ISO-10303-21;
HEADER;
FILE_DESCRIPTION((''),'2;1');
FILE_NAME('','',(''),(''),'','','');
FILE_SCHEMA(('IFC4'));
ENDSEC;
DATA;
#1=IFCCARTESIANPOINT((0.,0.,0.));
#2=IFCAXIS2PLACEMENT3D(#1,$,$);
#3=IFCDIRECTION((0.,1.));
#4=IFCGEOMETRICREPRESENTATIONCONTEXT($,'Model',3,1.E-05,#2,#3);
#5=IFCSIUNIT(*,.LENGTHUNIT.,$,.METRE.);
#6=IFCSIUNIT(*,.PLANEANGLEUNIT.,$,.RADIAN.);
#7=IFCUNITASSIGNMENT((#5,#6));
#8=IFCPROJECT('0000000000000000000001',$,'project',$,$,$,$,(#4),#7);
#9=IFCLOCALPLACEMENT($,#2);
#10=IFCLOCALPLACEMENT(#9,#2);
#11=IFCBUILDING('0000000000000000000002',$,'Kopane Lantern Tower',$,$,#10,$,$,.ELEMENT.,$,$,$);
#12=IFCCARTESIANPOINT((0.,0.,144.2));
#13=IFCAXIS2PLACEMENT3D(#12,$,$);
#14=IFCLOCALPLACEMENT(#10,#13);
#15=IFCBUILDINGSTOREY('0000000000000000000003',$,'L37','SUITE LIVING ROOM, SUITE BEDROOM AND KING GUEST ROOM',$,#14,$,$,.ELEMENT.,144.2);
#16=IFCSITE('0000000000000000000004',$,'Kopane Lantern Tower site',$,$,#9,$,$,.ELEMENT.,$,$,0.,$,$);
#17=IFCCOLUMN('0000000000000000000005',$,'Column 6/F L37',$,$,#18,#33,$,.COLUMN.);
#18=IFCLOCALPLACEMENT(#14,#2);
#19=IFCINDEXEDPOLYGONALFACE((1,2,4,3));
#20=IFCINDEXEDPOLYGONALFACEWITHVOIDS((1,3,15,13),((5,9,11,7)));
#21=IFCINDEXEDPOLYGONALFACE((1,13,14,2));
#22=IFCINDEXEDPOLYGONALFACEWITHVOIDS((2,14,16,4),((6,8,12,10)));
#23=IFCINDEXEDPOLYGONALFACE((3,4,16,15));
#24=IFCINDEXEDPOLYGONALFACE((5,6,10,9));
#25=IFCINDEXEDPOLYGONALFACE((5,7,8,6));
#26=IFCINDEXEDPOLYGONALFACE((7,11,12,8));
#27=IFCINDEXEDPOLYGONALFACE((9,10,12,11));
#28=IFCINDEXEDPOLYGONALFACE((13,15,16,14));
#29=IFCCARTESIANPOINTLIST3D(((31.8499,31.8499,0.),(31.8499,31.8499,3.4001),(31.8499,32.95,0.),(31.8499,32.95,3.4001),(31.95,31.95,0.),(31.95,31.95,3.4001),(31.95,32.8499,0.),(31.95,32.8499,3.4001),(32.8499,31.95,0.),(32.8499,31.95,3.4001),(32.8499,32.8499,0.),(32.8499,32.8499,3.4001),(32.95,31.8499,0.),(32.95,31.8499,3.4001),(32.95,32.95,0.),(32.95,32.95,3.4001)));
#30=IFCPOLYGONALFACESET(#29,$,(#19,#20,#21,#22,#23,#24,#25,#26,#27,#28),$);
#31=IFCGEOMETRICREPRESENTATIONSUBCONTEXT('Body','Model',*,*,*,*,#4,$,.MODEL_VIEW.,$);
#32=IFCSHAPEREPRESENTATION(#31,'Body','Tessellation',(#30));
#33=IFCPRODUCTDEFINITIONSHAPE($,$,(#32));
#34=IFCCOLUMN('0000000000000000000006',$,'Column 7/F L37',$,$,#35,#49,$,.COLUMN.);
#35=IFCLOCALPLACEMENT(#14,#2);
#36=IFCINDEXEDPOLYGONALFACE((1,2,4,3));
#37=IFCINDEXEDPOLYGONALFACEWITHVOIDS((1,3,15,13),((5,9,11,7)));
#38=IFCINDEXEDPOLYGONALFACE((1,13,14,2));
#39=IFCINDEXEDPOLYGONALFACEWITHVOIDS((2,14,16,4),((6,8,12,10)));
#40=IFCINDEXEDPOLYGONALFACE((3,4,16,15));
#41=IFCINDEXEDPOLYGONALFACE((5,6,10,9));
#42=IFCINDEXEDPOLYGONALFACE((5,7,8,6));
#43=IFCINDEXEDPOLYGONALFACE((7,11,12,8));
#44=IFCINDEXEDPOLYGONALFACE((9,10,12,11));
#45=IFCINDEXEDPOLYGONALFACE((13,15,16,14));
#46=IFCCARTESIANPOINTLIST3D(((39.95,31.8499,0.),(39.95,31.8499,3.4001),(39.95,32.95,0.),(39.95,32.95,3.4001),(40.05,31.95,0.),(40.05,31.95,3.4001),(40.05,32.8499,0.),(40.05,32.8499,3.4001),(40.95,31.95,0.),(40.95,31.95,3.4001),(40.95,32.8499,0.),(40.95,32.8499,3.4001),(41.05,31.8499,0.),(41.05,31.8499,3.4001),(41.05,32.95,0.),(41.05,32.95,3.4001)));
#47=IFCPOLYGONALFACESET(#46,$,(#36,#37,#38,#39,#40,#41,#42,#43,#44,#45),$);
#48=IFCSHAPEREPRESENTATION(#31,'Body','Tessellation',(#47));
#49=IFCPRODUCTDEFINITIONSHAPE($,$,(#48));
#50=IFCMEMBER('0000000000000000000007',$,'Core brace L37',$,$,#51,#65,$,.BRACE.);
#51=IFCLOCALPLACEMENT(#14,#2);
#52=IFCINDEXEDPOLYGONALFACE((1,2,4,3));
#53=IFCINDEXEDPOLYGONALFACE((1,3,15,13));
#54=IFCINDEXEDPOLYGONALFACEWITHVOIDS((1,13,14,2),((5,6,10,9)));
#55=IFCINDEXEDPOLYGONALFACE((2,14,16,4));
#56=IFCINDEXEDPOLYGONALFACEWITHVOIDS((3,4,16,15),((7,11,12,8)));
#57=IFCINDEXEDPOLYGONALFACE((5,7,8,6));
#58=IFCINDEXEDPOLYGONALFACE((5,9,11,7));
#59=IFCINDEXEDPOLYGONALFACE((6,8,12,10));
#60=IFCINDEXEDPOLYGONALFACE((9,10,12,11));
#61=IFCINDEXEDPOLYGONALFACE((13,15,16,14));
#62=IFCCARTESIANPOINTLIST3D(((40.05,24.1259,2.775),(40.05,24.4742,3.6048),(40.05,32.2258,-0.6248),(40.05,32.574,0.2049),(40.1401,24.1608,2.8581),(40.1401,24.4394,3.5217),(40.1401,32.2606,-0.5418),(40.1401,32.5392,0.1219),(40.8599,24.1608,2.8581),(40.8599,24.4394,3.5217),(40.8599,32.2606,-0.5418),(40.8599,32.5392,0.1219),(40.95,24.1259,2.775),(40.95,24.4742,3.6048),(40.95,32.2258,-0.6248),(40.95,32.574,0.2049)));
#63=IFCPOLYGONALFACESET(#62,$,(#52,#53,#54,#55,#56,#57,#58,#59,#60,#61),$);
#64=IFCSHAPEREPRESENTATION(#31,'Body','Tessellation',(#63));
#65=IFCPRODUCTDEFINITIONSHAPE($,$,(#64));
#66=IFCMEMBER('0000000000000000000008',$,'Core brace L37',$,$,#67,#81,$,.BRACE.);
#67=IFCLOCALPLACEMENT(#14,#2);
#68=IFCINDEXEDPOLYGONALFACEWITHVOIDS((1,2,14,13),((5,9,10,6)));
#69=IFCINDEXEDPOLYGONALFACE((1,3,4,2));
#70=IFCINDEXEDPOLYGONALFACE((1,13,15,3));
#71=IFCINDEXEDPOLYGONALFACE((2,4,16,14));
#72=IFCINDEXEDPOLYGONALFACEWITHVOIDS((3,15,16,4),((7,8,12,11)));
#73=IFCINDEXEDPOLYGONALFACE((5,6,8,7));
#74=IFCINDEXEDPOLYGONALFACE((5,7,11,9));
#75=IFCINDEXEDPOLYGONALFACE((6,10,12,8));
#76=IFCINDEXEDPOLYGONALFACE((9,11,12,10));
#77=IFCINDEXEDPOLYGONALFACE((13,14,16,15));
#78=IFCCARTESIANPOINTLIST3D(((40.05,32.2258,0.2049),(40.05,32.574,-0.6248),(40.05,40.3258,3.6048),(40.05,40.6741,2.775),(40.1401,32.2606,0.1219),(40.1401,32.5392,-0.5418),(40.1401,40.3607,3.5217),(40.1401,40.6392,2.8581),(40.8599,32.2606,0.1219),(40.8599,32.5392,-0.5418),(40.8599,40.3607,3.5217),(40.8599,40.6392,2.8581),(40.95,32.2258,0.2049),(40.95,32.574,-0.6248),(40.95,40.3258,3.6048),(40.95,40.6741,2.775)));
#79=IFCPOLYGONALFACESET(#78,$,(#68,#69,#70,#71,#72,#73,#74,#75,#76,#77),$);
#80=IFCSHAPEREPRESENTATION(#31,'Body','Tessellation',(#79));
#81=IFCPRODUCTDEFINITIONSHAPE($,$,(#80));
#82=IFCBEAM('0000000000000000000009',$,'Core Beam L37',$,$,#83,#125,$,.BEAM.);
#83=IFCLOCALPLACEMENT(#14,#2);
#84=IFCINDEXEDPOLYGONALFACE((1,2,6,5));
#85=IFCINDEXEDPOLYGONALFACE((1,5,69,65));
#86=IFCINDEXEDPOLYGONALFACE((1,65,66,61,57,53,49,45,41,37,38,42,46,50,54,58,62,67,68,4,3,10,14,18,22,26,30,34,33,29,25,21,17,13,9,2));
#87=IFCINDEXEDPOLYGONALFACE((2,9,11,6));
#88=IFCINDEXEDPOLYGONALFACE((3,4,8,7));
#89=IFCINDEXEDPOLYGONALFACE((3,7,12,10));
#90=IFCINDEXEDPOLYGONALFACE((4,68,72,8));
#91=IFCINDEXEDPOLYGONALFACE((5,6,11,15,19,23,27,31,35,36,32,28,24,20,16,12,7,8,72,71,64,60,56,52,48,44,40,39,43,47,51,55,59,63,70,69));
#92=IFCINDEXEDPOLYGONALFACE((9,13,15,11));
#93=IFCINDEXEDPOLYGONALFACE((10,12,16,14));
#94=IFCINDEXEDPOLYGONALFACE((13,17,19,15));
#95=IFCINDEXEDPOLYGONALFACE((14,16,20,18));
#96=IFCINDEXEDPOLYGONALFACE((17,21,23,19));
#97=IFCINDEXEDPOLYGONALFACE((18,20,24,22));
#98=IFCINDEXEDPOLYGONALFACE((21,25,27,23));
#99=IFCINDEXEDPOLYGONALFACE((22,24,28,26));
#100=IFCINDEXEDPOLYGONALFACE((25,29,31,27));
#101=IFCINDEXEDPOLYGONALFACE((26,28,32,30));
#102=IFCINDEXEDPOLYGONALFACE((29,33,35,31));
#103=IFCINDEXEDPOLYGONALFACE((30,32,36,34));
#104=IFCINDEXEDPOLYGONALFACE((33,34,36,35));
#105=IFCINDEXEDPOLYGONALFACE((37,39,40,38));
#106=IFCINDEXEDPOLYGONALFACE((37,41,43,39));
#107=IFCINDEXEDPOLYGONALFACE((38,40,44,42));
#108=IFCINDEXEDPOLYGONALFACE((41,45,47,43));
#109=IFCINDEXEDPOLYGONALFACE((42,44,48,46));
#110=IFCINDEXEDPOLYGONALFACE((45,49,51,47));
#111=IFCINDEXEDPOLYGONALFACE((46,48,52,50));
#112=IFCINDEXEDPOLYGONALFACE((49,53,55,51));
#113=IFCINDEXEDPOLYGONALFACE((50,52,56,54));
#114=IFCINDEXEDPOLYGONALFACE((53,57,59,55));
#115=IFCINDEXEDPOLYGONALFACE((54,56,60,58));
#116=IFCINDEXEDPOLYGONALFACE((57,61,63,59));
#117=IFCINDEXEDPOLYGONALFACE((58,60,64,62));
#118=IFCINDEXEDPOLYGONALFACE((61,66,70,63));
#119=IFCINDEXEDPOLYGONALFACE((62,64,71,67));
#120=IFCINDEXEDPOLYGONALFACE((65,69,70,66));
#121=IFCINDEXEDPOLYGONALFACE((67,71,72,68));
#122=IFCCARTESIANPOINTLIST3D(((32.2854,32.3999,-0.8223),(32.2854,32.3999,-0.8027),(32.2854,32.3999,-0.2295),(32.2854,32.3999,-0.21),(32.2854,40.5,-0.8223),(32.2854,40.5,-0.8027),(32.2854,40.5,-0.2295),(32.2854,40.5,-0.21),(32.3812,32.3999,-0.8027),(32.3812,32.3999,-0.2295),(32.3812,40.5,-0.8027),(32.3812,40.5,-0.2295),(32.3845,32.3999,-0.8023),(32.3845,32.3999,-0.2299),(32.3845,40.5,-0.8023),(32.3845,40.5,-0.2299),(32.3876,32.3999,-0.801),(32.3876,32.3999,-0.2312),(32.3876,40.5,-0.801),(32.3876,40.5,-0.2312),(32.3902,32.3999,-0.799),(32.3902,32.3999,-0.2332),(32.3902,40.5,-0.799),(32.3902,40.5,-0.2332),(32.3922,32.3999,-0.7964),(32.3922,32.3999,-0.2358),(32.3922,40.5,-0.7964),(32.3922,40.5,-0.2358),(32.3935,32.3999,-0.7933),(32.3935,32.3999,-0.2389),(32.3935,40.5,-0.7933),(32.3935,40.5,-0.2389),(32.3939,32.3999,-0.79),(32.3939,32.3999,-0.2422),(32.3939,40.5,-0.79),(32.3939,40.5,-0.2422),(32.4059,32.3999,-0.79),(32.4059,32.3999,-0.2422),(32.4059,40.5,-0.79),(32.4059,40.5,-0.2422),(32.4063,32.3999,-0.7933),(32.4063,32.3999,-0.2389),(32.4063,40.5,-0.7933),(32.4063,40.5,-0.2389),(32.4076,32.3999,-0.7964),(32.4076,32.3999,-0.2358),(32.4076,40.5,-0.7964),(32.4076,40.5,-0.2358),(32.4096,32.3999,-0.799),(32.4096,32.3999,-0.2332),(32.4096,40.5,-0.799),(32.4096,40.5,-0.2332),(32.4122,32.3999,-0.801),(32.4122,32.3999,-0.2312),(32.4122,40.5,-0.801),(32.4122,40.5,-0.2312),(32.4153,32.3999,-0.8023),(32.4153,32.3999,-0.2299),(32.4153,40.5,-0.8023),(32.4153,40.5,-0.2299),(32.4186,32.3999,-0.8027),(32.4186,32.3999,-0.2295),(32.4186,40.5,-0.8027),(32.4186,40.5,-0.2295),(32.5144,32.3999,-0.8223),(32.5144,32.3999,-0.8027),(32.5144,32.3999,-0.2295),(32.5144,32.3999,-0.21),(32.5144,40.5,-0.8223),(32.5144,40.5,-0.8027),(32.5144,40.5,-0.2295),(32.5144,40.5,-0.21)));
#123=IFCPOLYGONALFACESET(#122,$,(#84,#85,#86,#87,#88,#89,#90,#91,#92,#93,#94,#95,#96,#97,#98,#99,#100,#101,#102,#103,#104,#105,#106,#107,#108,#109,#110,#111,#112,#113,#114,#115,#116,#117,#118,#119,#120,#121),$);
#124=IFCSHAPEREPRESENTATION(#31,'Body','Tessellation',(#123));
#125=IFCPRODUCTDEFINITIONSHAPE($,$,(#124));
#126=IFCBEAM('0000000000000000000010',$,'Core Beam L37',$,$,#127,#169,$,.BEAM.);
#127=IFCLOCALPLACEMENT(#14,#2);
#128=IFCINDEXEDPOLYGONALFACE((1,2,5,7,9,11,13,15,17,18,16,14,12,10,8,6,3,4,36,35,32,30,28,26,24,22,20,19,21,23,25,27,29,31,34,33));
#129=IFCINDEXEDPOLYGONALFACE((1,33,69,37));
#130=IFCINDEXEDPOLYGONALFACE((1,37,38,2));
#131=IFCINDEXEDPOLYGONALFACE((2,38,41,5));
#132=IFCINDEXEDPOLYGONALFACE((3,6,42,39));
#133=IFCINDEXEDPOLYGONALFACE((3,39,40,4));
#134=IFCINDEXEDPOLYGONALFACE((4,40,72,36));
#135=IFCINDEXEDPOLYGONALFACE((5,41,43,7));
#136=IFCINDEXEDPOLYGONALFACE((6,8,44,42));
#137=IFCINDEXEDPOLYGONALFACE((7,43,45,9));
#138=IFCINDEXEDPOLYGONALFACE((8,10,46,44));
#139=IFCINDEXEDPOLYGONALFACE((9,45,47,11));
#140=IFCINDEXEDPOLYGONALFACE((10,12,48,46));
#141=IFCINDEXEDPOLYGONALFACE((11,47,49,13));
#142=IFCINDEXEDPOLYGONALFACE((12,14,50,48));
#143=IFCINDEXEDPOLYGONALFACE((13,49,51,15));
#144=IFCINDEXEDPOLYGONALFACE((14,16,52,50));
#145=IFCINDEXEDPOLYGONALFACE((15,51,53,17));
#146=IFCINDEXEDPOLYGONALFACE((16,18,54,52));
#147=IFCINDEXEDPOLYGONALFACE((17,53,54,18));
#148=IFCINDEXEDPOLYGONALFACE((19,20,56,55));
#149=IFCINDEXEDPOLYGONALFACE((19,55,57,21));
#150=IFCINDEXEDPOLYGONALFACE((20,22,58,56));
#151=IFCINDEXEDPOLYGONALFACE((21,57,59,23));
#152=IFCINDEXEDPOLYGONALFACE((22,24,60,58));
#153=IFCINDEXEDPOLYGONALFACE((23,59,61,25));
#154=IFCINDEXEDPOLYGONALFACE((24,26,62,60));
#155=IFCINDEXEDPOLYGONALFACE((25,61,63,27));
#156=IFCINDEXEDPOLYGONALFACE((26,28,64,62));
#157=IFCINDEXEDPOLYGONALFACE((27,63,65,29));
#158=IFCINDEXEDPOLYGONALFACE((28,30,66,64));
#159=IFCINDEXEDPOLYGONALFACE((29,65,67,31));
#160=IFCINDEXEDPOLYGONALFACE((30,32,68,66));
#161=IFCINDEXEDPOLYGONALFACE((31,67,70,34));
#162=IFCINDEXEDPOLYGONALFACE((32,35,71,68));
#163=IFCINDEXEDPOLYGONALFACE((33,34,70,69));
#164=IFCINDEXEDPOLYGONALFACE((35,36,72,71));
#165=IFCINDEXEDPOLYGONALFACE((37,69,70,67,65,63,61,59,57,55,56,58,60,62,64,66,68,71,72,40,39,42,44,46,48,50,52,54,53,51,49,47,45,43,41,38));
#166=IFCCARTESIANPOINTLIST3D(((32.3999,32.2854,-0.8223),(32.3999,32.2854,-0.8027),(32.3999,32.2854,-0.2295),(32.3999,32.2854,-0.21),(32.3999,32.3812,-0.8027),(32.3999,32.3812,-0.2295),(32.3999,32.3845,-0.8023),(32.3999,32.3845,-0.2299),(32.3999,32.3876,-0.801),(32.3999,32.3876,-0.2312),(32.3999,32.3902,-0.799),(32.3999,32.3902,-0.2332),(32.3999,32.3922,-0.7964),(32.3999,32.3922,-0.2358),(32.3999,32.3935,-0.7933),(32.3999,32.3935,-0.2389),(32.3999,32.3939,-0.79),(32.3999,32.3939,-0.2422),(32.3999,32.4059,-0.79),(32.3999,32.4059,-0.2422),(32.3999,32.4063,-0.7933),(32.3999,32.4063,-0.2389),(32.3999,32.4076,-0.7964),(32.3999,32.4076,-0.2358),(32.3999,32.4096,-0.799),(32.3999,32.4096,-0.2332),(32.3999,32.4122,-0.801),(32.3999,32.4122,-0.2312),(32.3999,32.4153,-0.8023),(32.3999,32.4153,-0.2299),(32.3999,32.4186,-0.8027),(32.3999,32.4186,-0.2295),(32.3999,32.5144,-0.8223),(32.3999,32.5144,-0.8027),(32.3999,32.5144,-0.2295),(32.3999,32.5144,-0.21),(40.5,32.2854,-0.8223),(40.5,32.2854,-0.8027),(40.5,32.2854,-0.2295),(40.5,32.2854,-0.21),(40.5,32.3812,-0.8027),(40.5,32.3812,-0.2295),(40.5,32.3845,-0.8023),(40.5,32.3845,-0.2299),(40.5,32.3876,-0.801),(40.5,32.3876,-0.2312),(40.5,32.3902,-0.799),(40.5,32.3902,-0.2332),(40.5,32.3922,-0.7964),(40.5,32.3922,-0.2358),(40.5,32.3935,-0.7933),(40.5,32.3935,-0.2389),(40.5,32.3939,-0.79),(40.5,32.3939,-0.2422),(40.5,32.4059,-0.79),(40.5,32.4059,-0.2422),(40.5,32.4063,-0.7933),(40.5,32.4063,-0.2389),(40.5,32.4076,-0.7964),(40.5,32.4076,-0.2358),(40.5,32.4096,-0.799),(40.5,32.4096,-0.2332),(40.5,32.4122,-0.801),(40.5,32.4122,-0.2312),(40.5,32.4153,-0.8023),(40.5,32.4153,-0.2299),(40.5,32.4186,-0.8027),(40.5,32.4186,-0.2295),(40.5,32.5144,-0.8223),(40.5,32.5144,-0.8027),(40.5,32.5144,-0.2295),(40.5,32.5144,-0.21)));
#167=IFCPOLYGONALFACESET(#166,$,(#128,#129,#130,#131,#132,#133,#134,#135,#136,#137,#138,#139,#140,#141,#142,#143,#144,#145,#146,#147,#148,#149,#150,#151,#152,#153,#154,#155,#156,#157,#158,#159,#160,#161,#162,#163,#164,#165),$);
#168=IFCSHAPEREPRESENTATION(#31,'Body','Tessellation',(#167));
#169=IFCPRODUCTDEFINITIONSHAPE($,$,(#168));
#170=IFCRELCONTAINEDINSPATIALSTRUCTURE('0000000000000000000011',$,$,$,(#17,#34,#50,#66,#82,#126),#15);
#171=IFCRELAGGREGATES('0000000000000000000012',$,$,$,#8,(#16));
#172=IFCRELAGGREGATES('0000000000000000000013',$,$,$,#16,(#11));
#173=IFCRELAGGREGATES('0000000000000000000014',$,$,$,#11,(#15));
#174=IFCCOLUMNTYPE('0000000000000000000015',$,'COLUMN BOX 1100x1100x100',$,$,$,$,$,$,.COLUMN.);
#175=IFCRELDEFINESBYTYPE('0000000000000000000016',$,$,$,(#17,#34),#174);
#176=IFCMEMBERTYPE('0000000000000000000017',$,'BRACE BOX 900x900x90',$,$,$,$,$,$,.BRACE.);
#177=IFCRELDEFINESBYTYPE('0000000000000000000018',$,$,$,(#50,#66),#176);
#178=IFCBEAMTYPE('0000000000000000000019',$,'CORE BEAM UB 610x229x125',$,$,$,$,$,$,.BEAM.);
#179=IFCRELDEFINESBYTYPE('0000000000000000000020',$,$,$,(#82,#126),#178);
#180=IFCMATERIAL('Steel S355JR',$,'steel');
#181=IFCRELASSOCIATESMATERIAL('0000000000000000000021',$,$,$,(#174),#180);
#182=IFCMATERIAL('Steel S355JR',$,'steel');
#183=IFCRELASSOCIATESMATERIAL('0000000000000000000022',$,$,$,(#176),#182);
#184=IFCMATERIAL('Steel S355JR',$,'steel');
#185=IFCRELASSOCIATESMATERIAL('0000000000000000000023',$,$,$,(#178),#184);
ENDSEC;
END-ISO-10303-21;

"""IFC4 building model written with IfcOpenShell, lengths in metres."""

from ifc_helpers import new_model, si_unit, direction, frame, origin, origin_2d, place, context, subcontext, project, spatial, hollow_rectangle, i_section, extrude, material, material_profile, profile_set, type_object, element, save


model = new_model("IFC4")

# Units and contexts
model_context = context("Model", 3, precision=1e-05, world=origin(), true_north=direction((0.0, 1.0)))
body_context = subcontext(model_context, "Body", "Model", "MODEL_VIEW")
ifc_project = project(units=[si_unit("LENGTHUNIT", "METRE"), si_unit("PLANEANGLEUNIT", "RADIAN")], contexts=[model_context])

# Site, building, storey
site_placement = place(None, origin())
site = spatial("IfcSite", under=ifc_project, at=site_placement, Name="Kopane Lantern Tower site", CompositionType="ELEMENT", RefElevation=0.0)
building_placement = place(site_placement, origin())
building = spatial("IfcBuilding", under=site, at=building_placement, Name="Kopane Lantern Tower", CompositionType="ELEMENT")
storey_placement = place(building_placement, frame((0.0, 0.0, 144.2)))
storey = spatial("IfcBuildingStorey", under=building, at=storey_placement, Name="L37", Description="SUITE LIVING ROOM, SUITE BEDROOM AND KING GUEST ROOM", CompositionType="ELEMENT", Elevation=144.2)

# Columns
ifc_material_1 = material(Name="Steel S355JR", Category="steel")
ifc_material_profile_1 = material_profile(ifc_material_1, hollow_rectangle(XDim=1.1001, YDim=1.1001, WallThickness=0.1001, at=origin_2d()), Name="BOX 1100x1100x100")
ifc_profile_set_1 = profile_set([ifc_material_profile_1], Name="Steel S355JR")
column_type = type_object("IfcColumnType", Name="COLUMN BOX 1100x1100x100", PredefinedType="COLUMN", material=ifc_profile_set_1)
for number, where, z_axis, x_axis, name in (
    (1, (32.3999, 32.3999, 0.0), (0.0, 0.0, 1.0), (1.0, 0.0, 0.0), "Column 6/F L37"),
    (2, (40.5, 32.3999, 0.0), (0.0, 0.0, 1.0), (1.0, 0.0, 0.0), "Column 7/F L37"),
):
    element("IfcColumn", number, at=place(storey_placement, frame(where, z_axis=z_axis, x_axis=x_axis)), inside=storey, type_object=column_type, Name=name, PredefinedType="COLUMN", context=body_context, shape_type="SweptSolid", body=[
        extrude(hollow_rectangle(XDim=1.1001, YDim=1.1001, WallThickness=0.1001, at=origin_2d()), origin(), (0.0, 0.0, 1.0), 3.4001),
    ])

# Members
ifc_material_2 = material(Name="Steel S355JR", Category="steel")
ifc_material_profile_2 = material_profile(ifc_material_2, hollow_rectangle(XDim=0.8999, YDim=0.8999, WallThickness=0.0901, at=origin_2d()), Name="BOX 900x900x90")
ifc_profile_set_2 = profile_set([ifc_material_profile_2], Name="Steel S355JR")
member_type = type_object("IfcMemberType", Name="BRACE BOX 900x900x90", PredefinedType="BRACE", material=ifc_profile_set_2)
member_1_placement = place(storey_placement, frame((40.5, 32.3999, -0.21), z_axis=(0.0, -0.922065, 0.387035), x_axis=(1.0, 0.0, 0.0)))
element("IfcMember", 3, at=member_1_placement, inside=storey, type_object=member_type, Name="Core brace L37", PredefinedType="BRACE", context=body_context, shape_type="SweptSolid", body=[
    extrude(hollow_rectangle(XDim=0.8999, YDim=0.8999, WallThickness=0.0901, at=origin_2d()), origin(), (0.0, 0.0, 1.0), 8.7844),
])
member_2_placement = place(storey_placement, frame((40.5, 32.3999, -0.21), z_axis=(0.0, 0.922069, 0.387026), x_axis=(-1.0, 0.0, 0.0)))
element("IfcMember", 4, at=member_2_placement, inside=storey, type_object=member_type, Name="Core brace L37", PredefinedType="BRACE", context=body_context, shape_type="SweptSolid", body=[
    extrude(hollow_rectangle(XDim=0.8999, YDim=0.8999, WallThickness=0.0901, at=origin_2d()), origin(), (0.0, 0.0, 1.0), 8.7847),
])

# Beams
ifc_material_3 = material(Name="Steel S355JR", Category="steel")
ifc_material_profile_3 = material_profile(ifc_material_3, i_section(OverallWidth=0.229, OverallDepth=0.6123, WebThickness=0.012, FlangeThickness=0.0195, FilletRadius=0.0127, at=origin_2d()), Name="UB 610x229x125")
ifc_profile_set_3 = profile_set([ifc_material_profile_3], Name="Steel S355JR")
beam_type_1 = type_object("IfcBeamType", Name="CORE BEAM UB 610x229x125", PredefinedType="BEAM", material=ifc_profile_set_3)
for number, where, z_axis, x_axis, name in (
    (5, (32.3999, 32.3999, -0.5161), (0.0, 1.0, 0.0), (-1.0, 0.0, 0.0), "Core Beam L37"),
    (6, (32.3999, 32.3999, -0.5161), (1.0, 0.0, 0.0), (0.0, 1.0, 0.0), "Core Beam L37"),
):
    element("IfcBeam", number, at=place(storey_placement, frame(where, z_axis=z_axis, x_axis=x_axis)), inside=storey, type_object=beam_type_1, Name=name, PredefinedType="BEAM", context=body_context, shape_type="SweptSolid", body=[
        extrude(i_section(OverallWidth=0.229, OverallDepth=0.6123, WebThickness=0.012, FlangeThickness=0.0195, FilletRadius=0.0127, at=origin_2d()), origin(), (0.0, 0.0, 1.0), 8.1001),
    ])

save(model, "model.ifc")
